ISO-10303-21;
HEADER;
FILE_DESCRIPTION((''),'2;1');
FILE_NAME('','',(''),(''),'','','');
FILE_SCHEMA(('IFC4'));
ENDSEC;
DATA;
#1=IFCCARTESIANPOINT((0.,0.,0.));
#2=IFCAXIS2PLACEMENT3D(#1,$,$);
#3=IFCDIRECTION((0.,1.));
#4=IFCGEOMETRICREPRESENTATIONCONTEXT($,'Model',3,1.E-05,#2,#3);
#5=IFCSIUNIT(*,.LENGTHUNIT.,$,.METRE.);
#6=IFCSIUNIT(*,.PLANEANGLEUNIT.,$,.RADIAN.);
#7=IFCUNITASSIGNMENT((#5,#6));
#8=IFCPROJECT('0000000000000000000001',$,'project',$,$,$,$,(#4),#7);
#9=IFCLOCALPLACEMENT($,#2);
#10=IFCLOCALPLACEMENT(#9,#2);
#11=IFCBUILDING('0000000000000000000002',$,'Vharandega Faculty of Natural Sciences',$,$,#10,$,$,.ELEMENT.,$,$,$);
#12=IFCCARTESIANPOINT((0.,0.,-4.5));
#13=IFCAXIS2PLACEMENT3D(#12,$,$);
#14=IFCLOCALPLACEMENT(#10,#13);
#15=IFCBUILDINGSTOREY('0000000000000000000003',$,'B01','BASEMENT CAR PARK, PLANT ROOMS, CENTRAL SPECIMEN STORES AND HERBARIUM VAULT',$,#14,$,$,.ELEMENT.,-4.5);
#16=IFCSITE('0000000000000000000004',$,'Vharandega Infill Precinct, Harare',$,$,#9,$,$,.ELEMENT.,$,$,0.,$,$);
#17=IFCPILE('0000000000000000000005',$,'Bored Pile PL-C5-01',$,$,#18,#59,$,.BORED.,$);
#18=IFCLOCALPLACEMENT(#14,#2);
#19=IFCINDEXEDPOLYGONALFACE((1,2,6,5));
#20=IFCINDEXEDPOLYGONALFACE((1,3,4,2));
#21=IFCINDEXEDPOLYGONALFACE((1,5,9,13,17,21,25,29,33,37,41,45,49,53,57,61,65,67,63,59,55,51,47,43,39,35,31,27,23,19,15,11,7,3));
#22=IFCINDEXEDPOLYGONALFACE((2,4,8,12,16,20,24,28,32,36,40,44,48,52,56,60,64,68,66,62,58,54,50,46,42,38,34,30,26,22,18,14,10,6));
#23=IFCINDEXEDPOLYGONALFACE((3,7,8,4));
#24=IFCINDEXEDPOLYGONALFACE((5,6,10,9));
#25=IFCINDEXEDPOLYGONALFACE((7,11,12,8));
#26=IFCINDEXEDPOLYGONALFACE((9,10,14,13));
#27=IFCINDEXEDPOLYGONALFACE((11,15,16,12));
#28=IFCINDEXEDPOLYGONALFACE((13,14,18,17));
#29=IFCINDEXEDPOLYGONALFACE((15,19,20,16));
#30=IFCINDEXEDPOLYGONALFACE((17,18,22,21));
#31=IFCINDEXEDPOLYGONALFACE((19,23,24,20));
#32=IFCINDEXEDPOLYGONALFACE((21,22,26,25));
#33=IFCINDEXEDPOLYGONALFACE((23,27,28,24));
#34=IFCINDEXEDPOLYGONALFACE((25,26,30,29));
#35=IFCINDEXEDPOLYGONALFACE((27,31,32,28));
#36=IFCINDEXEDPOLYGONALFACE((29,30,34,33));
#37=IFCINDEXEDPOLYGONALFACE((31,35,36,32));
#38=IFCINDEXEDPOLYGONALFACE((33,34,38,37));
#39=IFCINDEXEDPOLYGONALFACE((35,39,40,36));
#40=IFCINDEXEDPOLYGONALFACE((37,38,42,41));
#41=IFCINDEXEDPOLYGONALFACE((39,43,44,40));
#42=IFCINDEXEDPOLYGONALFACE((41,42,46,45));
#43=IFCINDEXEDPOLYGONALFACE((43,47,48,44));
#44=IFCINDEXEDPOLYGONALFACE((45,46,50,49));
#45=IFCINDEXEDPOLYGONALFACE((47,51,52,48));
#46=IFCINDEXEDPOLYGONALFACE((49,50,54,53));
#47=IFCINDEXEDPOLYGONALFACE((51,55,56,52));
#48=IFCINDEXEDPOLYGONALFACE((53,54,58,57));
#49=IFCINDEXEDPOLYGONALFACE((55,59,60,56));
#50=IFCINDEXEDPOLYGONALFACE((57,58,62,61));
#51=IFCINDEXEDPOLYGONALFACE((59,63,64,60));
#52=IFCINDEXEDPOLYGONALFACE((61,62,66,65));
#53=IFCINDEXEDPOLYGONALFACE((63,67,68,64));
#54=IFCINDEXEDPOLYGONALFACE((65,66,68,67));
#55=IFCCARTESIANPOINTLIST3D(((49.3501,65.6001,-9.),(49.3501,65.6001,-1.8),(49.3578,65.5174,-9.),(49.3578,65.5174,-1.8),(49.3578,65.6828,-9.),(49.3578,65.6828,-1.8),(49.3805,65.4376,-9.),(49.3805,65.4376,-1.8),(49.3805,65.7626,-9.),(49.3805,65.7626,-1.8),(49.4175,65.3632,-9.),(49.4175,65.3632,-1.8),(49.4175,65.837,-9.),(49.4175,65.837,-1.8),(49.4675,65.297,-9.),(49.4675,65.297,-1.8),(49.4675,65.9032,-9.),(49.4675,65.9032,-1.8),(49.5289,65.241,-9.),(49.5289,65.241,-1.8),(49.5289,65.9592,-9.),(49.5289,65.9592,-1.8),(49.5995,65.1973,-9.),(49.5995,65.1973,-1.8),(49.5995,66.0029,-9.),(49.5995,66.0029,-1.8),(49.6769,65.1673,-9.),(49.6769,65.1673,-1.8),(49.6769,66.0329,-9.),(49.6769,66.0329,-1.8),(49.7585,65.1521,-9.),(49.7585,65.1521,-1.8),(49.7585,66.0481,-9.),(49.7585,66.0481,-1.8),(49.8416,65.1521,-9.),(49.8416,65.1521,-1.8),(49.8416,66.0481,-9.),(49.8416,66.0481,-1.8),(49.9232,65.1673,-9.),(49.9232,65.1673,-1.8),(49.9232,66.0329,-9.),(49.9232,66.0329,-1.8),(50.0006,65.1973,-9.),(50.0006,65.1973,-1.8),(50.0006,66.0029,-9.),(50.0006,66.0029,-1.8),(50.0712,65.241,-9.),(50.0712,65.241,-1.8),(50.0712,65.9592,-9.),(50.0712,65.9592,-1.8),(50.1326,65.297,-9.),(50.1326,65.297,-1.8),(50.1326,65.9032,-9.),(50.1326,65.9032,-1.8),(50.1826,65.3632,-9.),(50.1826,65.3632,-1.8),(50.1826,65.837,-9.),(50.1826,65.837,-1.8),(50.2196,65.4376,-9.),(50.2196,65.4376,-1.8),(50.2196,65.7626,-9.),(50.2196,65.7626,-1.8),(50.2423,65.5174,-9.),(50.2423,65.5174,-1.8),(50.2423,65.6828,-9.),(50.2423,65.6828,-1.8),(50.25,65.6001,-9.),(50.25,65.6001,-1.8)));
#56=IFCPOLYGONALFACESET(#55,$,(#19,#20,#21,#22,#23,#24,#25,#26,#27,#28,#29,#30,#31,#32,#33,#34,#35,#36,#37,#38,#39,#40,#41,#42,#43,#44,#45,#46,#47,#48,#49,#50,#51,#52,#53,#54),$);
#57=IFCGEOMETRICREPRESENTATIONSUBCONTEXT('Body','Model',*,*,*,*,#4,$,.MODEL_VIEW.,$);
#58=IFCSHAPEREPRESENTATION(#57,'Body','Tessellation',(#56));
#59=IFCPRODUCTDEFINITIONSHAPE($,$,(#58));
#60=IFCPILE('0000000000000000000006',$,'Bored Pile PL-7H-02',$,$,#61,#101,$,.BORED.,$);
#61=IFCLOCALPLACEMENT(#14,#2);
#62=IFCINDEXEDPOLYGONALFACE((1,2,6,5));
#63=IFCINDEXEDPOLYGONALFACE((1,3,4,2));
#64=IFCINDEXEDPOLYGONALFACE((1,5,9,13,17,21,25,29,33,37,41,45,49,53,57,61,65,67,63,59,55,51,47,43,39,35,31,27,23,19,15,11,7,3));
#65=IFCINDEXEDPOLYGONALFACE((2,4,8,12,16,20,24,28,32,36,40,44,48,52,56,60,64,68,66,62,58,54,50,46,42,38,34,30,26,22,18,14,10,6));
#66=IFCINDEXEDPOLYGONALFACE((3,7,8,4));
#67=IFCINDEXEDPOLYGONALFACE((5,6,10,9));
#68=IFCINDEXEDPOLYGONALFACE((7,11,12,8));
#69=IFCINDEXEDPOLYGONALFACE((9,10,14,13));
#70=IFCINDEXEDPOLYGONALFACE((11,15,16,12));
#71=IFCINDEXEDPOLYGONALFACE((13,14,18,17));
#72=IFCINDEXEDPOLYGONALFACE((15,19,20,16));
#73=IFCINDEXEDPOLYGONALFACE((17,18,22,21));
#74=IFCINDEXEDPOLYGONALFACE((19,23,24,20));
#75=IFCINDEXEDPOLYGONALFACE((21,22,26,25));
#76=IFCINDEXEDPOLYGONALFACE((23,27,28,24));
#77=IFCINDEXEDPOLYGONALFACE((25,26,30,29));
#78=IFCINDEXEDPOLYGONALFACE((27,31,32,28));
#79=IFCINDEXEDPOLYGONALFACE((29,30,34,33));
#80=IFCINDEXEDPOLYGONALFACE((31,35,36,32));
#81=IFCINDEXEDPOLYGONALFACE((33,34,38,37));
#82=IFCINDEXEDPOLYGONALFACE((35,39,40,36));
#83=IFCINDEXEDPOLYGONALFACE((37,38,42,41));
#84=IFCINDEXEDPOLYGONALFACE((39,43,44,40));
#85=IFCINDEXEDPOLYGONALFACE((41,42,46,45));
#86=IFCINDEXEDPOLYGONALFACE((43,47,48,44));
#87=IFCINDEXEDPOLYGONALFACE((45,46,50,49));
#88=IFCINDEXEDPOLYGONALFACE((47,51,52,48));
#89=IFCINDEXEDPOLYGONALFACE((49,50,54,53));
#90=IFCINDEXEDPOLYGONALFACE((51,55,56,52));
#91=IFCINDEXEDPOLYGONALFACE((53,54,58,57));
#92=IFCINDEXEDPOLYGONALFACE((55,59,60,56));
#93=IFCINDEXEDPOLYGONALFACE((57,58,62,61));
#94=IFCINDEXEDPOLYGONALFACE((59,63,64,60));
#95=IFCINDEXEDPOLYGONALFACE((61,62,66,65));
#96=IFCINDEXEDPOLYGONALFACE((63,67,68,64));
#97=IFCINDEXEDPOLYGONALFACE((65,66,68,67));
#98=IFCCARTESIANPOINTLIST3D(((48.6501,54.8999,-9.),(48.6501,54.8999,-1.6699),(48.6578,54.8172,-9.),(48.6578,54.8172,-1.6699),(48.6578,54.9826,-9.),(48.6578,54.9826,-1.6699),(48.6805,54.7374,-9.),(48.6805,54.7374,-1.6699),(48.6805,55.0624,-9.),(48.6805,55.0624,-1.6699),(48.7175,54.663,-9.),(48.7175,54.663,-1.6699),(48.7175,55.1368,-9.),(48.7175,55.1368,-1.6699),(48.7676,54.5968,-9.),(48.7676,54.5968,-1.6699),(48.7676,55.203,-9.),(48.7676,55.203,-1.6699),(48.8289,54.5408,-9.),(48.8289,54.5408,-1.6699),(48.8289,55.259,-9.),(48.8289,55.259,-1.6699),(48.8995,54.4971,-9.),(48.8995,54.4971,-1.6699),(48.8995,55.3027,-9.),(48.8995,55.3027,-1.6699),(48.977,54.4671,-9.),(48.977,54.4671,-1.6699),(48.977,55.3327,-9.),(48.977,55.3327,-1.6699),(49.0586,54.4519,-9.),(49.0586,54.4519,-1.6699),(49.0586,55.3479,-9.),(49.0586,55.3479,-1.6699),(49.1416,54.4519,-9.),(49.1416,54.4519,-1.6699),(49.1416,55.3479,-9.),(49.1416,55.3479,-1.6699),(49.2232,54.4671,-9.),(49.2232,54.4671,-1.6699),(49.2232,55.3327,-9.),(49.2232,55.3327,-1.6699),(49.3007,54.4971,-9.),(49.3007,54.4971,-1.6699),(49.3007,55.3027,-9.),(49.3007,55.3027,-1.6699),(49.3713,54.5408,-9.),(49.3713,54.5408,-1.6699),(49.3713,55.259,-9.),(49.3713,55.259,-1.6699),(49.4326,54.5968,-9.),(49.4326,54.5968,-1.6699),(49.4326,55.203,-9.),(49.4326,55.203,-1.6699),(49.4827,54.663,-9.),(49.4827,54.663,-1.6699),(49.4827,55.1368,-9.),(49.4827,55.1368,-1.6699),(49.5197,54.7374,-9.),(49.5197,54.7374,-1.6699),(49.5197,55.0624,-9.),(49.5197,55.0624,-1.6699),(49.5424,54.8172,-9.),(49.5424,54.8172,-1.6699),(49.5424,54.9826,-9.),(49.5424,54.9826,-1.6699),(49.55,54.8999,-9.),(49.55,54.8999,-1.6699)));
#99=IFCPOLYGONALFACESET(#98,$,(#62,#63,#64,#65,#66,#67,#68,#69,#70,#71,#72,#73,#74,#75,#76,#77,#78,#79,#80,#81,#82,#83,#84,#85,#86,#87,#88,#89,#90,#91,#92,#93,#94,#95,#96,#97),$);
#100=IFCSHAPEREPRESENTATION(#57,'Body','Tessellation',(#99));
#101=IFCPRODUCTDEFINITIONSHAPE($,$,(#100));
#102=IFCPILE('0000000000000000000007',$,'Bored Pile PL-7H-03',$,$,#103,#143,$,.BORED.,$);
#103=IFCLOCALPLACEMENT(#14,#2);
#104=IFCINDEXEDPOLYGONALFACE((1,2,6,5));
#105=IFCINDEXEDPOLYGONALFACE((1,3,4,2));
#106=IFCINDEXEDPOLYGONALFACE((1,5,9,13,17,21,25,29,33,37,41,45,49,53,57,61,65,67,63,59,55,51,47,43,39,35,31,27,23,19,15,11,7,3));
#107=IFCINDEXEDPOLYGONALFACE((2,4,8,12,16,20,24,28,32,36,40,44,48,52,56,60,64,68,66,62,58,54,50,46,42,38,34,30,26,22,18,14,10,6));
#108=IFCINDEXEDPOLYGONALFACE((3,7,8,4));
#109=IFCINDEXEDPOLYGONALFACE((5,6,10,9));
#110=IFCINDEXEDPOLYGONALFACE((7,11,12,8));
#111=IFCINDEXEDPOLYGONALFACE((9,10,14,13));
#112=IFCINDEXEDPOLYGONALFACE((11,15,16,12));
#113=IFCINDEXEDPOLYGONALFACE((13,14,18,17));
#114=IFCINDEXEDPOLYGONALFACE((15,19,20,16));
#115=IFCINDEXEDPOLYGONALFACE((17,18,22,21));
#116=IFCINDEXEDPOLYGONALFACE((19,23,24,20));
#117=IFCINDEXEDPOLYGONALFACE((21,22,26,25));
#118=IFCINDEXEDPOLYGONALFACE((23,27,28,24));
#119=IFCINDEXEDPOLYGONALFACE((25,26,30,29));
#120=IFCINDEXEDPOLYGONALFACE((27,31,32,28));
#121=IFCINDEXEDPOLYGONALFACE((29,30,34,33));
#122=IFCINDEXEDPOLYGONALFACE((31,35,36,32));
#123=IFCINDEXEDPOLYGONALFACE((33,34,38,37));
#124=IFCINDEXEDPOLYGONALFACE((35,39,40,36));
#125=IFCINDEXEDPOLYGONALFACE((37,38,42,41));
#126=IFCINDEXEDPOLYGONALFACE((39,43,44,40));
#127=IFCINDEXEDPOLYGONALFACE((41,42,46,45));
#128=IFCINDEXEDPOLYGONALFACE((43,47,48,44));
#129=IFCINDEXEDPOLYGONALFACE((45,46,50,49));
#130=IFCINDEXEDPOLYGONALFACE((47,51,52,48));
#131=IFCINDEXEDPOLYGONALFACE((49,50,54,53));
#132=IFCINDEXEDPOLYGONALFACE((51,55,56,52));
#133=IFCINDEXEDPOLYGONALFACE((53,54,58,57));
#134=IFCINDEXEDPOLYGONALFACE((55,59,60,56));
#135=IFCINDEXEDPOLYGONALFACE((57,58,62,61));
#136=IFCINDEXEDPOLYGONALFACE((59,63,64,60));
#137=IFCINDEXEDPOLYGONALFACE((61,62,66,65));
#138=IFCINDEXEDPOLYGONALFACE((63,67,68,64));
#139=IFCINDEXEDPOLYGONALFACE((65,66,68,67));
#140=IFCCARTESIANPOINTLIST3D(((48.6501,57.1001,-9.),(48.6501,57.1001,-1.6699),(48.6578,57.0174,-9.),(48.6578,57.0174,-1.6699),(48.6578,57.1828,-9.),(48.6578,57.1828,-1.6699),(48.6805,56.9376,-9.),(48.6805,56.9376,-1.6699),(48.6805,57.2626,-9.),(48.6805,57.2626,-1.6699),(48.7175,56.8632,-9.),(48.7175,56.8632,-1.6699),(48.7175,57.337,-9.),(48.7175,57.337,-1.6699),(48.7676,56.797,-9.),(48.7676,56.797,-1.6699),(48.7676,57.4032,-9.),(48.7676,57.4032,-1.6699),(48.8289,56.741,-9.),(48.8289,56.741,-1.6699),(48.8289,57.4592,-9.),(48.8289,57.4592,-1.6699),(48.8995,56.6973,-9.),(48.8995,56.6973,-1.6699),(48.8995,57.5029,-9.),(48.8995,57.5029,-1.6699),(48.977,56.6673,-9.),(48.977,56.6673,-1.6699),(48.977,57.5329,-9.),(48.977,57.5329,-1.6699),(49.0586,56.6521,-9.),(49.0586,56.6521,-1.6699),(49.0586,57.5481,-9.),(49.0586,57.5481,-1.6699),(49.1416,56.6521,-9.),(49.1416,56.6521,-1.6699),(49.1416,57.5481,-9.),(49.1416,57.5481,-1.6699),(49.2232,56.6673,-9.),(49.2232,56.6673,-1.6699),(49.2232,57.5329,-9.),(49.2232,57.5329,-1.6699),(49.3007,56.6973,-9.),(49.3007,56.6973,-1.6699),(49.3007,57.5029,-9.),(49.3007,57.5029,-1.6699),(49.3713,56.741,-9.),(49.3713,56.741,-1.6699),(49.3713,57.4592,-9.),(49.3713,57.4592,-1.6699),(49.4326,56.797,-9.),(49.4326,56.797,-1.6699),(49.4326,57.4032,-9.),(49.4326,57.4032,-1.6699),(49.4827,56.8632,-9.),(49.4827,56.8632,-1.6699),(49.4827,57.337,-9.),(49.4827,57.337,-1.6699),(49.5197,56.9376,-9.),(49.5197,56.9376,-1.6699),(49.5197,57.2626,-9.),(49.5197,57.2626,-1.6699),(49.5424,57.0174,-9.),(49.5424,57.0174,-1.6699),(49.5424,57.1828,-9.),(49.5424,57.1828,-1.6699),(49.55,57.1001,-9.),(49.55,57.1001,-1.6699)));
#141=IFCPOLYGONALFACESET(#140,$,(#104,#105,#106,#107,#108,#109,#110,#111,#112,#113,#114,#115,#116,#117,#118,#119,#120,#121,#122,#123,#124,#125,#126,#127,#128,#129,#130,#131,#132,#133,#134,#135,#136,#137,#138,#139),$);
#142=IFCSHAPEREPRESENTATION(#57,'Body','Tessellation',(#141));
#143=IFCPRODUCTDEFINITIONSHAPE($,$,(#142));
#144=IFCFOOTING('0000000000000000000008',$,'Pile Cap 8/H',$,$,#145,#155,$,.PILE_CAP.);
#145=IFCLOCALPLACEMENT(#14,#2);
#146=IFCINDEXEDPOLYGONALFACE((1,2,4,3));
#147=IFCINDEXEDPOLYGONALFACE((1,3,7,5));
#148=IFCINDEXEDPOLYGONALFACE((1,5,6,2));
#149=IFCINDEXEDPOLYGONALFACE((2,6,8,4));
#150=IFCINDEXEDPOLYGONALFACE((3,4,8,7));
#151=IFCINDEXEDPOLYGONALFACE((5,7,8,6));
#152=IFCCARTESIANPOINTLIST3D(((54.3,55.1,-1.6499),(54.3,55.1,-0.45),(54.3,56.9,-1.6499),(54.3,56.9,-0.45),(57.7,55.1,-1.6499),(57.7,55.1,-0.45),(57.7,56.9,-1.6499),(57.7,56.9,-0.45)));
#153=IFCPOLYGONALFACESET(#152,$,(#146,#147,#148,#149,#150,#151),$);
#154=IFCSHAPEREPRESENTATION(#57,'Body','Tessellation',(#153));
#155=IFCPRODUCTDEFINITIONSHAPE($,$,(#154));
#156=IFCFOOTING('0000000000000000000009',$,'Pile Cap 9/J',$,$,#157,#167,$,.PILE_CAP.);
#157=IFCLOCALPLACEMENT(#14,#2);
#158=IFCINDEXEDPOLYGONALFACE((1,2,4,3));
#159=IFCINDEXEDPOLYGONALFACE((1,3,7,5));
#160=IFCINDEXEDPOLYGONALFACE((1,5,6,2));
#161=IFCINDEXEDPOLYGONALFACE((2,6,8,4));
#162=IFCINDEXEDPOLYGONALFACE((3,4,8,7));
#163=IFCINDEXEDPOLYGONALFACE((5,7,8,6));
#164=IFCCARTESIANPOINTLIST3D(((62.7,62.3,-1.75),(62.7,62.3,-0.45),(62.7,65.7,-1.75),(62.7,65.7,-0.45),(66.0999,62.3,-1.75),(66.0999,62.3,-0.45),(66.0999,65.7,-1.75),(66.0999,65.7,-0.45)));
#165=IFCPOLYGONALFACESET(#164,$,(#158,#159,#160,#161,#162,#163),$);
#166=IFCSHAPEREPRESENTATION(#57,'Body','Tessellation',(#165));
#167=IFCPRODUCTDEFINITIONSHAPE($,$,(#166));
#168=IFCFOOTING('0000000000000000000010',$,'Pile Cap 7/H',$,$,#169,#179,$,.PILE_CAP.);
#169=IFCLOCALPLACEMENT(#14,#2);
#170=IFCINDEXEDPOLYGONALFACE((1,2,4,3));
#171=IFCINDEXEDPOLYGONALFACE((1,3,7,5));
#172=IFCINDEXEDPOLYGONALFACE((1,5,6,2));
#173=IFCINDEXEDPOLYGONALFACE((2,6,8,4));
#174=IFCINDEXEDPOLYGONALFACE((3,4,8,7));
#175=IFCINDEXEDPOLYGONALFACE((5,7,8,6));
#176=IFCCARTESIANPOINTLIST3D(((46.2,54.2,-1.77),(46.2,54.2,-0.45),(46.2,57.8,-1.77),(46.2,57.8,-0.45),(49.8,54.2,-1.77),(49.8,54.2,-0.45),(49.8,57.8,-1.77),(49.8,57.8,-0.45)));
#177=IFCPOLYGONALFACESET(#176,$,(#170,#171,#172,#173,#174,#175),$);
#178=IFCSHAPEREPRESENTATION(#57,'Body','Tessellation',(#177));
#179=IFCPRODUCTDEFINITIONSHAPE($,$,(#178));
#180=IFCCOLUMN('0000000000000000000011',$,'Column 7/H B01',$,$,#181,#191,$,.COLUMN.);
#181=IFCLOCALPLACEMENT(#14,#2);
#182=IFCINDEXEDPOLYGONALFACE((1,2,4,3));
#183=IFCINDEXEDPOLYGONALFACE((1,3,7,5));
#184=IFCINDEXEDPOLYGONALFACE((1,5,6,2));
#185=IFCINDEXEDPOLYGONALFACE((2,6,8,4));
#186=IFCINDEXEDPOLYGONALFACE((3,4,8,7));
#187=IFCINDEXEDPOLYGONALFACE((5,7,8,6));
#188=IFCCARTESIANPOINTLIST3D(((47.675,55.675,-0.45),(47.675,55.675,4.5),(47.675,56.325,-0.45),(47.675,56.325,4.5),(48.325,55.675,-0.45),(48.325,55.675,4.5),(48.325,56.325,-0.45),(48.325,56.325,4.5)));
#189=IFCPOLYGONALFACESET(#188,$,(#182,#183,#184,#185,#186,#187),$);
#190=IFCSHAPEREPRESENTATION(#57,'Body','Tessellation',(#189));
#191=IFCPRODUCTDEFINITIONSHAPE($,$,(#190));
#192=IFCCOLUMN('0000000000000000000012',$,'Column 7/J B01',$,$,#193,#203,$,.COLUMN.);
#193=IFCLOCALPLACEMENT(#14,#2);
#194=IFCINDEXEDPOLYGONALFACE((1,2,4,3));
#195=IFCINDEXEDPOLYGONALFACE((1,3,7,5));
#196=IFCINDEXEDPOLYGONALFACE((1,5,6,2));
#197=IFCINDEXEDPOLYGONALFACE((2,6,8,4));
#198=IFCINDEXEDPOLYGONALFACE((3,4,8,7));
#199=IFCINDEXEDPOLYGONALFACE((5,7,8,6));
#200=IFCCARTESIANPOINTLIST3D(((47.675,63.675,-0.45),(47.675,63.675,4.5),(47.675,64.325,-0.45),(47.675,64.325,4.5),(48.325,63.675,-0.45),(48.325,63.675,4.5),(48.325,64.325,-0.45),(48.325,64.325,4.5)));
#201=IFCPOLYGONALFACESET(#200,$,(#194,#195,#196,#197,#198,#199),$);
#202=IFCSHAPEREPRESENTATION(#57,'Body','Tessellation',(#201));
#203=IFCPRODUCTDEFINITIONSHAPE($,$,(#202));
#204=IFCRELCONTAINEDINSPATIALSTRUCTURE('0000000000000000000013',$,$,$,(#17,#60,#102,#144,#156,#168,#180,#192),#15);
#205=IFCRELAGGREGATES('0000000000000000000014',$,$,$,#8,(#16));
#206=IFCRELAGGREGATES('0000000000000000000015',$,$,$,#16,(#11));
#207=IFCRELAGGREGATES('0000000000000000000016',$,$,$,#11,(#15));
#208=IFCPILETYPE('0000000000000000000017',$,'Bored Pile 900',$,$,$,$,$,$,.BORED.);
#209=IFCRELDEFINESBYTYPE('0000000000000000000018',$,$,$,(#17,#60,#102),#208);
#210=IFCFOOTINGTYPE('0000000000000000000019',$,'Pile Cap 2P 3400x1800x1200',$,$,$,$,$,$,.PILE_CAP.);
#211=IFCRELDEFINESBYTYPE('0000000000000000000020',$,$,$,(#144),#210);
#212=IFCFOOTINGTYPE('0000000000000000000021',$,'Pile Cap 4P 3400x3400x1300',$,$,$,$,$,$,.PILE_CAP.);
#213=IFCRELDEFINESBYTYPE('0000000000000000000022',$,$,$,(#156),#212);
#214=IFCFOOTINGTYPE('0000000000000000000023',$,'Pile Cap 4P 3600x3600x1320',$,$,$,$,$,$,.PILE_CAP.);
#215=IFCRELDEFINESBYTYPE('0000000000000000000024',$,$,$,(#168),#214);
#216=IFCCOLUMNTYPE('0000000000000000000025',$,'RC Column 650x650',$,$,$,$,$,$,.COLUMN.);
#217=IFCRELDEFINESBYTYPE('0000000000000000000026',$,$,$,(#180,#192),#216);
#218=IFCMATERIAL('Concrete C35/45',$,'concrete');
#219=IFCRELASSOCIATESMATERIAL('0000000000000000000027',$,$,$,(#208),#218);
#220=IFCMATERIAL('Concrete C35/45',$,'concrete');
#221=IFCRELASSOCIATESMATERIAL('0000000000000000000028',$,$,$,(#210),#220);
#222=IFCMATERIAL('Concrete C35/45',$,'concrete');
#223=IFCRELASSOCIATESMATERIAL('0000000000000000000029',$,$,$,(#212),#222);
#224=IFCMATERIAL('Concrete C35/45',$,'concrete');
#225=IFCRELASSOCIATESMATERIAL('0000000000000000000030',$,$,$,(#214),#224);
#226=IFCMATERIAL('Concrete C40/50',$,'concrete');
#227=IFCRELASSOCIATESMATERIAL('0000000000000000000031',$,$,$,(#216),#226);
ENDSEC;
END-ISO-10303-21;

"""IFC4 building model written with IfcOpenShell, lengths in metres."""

from ifc_helpers import new_model, si_unit, direction, frame, origin, origin_2d, place, context, subcontext, project, spatial, rectangle, circle, extrude, material, material_profile, profile_set, type_object, element, save


model = new_model("IFC4")

# Units and contexts
model_context = context("Model", 3, precision=1e-05, world=origin(), true_north=direction((0.0, 1.0)))
body_context = subcontext(model_context, "Body", "Model", "MODEL_VIEW")
ifc_project = project(units=[si_unit("LENGTHUNIT", "METRE"), si_unit("PLANEANGLEUNIT", "RADIAN")], contexts=[model_context])

# Site, building, storey
site_placement = place(None, origin())
site = spatial("IfcSite", under=ifc_project, at=site_placement, Name="Vharandega Infill Precinct, Harare", CompositionType="ELEMENT", RefElevation=0.0)
building_placement = place(site_placement, origin())
building = spatial("IfcBuilding", under=site, at=building_placement, Name="Vharandega Faculty of Natural Sciences", CompositionType="ELEMENT")
storey_placement = place(building_placement, frame((0.0, 0.0, -4.5)))
storey = spatial("IfcBuildingStorey", under=building, at=storey_placement, Name="B01", Description="BASEMENT CAR PARK, PLANT ROOMS, CENTRAL SPECIMEN STORES AND HERBARIUM VAULT", CompositionType="ELEMENT", Elevation=-4.5)

# Piles
ifc_material_1 = material(Name="Concrete C35/45", Category="concrete")
ifc_material_profile_1 = material_profile(ifc_material_1, circle(Radius=0.45, at=origin_2d()), Name="PILE 900")
ifc_profile_set_1 = profile_set([ifc_material_profile_1], Name="Concrete C35/45")
pile_type_1 = type_object("IfcPileType", Name="Bored Pile 900", PredefinedType="BORED", material=ifc_profile_set_1)
pile_placement = place(storey_placement, frame((49.8, 65.6001, -1.8), z_axis=(0.0, 0.0, -1.0), x_axis=(1.0, 0.0, 0.0)))
element("IfcPile", 1, at=pile_placement, inside=storey, type_object=pile_type_1, Name="Bored Pile PL-C5-01", PredefinedType="BORED", context=body_context, shape_type="SweptSolid", body=[
    extrude(circle(Radius=0.45, at=origin_2d()), origin(), (0.0, 0.0, 1.0), 7.2),
])
for number, where, z_axis, x_axis, name in (
    (2, (49.1001, 54.8999, -1.6699), (0.0, 0.0, -1.0), (1.0, 0.0, 0.0), "Bored Pile PL-7H-02"),
    (3, (49.1001, 57.1001, -1.6699), (0.0, 0.0, -1.0), (1.0, 0.0, 0.0), "Bored Pile PL-7H-03"),
):
    element("IfcPile", number, at=place(storey_placement, frame(where, z_axis=z_axis, x_axis=x_axis)), inside=storey, type_object=pile_type_1, Name=name, PredefinedType="BORED", context=body_context, shape_type="SweptSolid", body=[
        extrude(circle(Radius=0.45, at=origin_2d()), origin(), (0.0, 0.0, 1.0), 7.3301),
    ])

# Footings
ifc_material_2 = material(Name="Concrete C35/45", Category="concrete")
footing_type_1 = type_object("IfcFootingType", Name="Pile Cap 2P 3400x1800x1200", PredefinedType="PILE_CAP", material=ifc_material_2)
footing_1_placement = place(storey_placement, frame((56.0, 56.0, -1.6499), z_axis=(0.0, 0.0, 1.0), x_axis=(1.0, 0.0, 0.0)))
element("IfcFooting", 4, at=footing_1_placement, inside=storey, type_object=footing_type_1, Name="Pile Cap 8/H", PredefinedType="PILE_CAP", context=body_context, shape_type="SweptSolid", body=[
    extrude(rectangle(XDim=3.3999, YDim=1.8, at=origin_2d()), origin(), (0.0, 0.0, 1.0), 1.2),
])
ifc_material_3 = material(Name="Concrete C35/45", Category="concrete")
footing_type_2 = type_object("IfcFootingType", Name="Pile Cap 4P 3400x3400x1300", PredefinedType="PILE_CAP", material=ifc_material_3)
footing_2_placement = place(storey_placement, frame((64.3999, 64.0, -1.75), z_axis=(0.0, 0.0, 1.0), x_axis=(1.0, 0.0, 0.0)))
element("IfcFooting", 5, at=footing_2_placement, inside=storey, type_object=footing_type_2, Name="Pile Cap 9/J", PredefinedType="PILE_CAP", context=body_context, shape_type="SweptSolid", body=[
    extrude(rectangle(XDim=3.3999, YDim=3.3999, at=origin_2d()), origin(), (0.0, 0.0, 1.0), 1.3),
])
ifc_material_4 = material(Name="Concrete C35/45", Category="concrete")
footing_type_3 = type_object("IfcFootingType", Name="Pile Cap 4P 3600x3600x1320", PredefinedType="PILE_CAP", material=ifc_material_4)
footing_3_placement = place(storey_placement, frame((48.0, 56.0, -1.77), z_axis=(0.0, 0.0, 1.0), x_axis=(1.0, 0.0, 0.0)))
element("IfcFooting", 6, at=footing_3_placement, inside=storey, type_object=footing_type_3, Name="Pile Cap 7/H", PredefinedType="PILE_CAP", context=body_context, shape_type="SweptSolid", body=[
    extrude(rectangle(XDim=3.6001, YDim=3.6001, at=origin_2d()), origin(), (0.0, 0.0, 1.0), 1.3201),
])

# Columns
ifc_material_5 = material(Name="Concrete C40/50", Category="concrete")
ifc_material_profile_2 = material_profile(ifc_material_5, rectangle(XDim=0.6499, YDim=0.6499, at=origin_2d()), Name="RC 650x650")
ifc_profile_set_2 = profile_set([ifc_material_profile_2], Name="Concrete C40/50")
column_type = type_object("IfcColumnType", Name="RC Column 650x650", PredefinedType="COLUMN", material=ifc_profile_set_2)
for number, where, z_axis, x_axis, name in (
    (7, (48.0, 56.0, -0.45), (0.0, 0.0, 1.0), (1.0, 0.0, 0.0), "Column 7/H B01"),
    (8, (48.0, 64.0, -0.45), (0.0, 0.0, 1.0), (1.0, 0.0, 0.0), "Column 7/J B01"),
):
    element("IfcColumn", number, at=place(storey_placement, frame(where, z_axis=z_axis, x_axis=x_axis)), inside=storey, type_object=column_type, Name=name, PredefinedType="COLUMN", context=body_context, shape_type="SweptSolid", body=[
        extrude(rectangle(XDim=0.6499, YDim=0.6499, at=origin_2d()), origin(), (0.0, 0.0, 1.0), 4.95),
    ])

save(model, "model.ifc")
